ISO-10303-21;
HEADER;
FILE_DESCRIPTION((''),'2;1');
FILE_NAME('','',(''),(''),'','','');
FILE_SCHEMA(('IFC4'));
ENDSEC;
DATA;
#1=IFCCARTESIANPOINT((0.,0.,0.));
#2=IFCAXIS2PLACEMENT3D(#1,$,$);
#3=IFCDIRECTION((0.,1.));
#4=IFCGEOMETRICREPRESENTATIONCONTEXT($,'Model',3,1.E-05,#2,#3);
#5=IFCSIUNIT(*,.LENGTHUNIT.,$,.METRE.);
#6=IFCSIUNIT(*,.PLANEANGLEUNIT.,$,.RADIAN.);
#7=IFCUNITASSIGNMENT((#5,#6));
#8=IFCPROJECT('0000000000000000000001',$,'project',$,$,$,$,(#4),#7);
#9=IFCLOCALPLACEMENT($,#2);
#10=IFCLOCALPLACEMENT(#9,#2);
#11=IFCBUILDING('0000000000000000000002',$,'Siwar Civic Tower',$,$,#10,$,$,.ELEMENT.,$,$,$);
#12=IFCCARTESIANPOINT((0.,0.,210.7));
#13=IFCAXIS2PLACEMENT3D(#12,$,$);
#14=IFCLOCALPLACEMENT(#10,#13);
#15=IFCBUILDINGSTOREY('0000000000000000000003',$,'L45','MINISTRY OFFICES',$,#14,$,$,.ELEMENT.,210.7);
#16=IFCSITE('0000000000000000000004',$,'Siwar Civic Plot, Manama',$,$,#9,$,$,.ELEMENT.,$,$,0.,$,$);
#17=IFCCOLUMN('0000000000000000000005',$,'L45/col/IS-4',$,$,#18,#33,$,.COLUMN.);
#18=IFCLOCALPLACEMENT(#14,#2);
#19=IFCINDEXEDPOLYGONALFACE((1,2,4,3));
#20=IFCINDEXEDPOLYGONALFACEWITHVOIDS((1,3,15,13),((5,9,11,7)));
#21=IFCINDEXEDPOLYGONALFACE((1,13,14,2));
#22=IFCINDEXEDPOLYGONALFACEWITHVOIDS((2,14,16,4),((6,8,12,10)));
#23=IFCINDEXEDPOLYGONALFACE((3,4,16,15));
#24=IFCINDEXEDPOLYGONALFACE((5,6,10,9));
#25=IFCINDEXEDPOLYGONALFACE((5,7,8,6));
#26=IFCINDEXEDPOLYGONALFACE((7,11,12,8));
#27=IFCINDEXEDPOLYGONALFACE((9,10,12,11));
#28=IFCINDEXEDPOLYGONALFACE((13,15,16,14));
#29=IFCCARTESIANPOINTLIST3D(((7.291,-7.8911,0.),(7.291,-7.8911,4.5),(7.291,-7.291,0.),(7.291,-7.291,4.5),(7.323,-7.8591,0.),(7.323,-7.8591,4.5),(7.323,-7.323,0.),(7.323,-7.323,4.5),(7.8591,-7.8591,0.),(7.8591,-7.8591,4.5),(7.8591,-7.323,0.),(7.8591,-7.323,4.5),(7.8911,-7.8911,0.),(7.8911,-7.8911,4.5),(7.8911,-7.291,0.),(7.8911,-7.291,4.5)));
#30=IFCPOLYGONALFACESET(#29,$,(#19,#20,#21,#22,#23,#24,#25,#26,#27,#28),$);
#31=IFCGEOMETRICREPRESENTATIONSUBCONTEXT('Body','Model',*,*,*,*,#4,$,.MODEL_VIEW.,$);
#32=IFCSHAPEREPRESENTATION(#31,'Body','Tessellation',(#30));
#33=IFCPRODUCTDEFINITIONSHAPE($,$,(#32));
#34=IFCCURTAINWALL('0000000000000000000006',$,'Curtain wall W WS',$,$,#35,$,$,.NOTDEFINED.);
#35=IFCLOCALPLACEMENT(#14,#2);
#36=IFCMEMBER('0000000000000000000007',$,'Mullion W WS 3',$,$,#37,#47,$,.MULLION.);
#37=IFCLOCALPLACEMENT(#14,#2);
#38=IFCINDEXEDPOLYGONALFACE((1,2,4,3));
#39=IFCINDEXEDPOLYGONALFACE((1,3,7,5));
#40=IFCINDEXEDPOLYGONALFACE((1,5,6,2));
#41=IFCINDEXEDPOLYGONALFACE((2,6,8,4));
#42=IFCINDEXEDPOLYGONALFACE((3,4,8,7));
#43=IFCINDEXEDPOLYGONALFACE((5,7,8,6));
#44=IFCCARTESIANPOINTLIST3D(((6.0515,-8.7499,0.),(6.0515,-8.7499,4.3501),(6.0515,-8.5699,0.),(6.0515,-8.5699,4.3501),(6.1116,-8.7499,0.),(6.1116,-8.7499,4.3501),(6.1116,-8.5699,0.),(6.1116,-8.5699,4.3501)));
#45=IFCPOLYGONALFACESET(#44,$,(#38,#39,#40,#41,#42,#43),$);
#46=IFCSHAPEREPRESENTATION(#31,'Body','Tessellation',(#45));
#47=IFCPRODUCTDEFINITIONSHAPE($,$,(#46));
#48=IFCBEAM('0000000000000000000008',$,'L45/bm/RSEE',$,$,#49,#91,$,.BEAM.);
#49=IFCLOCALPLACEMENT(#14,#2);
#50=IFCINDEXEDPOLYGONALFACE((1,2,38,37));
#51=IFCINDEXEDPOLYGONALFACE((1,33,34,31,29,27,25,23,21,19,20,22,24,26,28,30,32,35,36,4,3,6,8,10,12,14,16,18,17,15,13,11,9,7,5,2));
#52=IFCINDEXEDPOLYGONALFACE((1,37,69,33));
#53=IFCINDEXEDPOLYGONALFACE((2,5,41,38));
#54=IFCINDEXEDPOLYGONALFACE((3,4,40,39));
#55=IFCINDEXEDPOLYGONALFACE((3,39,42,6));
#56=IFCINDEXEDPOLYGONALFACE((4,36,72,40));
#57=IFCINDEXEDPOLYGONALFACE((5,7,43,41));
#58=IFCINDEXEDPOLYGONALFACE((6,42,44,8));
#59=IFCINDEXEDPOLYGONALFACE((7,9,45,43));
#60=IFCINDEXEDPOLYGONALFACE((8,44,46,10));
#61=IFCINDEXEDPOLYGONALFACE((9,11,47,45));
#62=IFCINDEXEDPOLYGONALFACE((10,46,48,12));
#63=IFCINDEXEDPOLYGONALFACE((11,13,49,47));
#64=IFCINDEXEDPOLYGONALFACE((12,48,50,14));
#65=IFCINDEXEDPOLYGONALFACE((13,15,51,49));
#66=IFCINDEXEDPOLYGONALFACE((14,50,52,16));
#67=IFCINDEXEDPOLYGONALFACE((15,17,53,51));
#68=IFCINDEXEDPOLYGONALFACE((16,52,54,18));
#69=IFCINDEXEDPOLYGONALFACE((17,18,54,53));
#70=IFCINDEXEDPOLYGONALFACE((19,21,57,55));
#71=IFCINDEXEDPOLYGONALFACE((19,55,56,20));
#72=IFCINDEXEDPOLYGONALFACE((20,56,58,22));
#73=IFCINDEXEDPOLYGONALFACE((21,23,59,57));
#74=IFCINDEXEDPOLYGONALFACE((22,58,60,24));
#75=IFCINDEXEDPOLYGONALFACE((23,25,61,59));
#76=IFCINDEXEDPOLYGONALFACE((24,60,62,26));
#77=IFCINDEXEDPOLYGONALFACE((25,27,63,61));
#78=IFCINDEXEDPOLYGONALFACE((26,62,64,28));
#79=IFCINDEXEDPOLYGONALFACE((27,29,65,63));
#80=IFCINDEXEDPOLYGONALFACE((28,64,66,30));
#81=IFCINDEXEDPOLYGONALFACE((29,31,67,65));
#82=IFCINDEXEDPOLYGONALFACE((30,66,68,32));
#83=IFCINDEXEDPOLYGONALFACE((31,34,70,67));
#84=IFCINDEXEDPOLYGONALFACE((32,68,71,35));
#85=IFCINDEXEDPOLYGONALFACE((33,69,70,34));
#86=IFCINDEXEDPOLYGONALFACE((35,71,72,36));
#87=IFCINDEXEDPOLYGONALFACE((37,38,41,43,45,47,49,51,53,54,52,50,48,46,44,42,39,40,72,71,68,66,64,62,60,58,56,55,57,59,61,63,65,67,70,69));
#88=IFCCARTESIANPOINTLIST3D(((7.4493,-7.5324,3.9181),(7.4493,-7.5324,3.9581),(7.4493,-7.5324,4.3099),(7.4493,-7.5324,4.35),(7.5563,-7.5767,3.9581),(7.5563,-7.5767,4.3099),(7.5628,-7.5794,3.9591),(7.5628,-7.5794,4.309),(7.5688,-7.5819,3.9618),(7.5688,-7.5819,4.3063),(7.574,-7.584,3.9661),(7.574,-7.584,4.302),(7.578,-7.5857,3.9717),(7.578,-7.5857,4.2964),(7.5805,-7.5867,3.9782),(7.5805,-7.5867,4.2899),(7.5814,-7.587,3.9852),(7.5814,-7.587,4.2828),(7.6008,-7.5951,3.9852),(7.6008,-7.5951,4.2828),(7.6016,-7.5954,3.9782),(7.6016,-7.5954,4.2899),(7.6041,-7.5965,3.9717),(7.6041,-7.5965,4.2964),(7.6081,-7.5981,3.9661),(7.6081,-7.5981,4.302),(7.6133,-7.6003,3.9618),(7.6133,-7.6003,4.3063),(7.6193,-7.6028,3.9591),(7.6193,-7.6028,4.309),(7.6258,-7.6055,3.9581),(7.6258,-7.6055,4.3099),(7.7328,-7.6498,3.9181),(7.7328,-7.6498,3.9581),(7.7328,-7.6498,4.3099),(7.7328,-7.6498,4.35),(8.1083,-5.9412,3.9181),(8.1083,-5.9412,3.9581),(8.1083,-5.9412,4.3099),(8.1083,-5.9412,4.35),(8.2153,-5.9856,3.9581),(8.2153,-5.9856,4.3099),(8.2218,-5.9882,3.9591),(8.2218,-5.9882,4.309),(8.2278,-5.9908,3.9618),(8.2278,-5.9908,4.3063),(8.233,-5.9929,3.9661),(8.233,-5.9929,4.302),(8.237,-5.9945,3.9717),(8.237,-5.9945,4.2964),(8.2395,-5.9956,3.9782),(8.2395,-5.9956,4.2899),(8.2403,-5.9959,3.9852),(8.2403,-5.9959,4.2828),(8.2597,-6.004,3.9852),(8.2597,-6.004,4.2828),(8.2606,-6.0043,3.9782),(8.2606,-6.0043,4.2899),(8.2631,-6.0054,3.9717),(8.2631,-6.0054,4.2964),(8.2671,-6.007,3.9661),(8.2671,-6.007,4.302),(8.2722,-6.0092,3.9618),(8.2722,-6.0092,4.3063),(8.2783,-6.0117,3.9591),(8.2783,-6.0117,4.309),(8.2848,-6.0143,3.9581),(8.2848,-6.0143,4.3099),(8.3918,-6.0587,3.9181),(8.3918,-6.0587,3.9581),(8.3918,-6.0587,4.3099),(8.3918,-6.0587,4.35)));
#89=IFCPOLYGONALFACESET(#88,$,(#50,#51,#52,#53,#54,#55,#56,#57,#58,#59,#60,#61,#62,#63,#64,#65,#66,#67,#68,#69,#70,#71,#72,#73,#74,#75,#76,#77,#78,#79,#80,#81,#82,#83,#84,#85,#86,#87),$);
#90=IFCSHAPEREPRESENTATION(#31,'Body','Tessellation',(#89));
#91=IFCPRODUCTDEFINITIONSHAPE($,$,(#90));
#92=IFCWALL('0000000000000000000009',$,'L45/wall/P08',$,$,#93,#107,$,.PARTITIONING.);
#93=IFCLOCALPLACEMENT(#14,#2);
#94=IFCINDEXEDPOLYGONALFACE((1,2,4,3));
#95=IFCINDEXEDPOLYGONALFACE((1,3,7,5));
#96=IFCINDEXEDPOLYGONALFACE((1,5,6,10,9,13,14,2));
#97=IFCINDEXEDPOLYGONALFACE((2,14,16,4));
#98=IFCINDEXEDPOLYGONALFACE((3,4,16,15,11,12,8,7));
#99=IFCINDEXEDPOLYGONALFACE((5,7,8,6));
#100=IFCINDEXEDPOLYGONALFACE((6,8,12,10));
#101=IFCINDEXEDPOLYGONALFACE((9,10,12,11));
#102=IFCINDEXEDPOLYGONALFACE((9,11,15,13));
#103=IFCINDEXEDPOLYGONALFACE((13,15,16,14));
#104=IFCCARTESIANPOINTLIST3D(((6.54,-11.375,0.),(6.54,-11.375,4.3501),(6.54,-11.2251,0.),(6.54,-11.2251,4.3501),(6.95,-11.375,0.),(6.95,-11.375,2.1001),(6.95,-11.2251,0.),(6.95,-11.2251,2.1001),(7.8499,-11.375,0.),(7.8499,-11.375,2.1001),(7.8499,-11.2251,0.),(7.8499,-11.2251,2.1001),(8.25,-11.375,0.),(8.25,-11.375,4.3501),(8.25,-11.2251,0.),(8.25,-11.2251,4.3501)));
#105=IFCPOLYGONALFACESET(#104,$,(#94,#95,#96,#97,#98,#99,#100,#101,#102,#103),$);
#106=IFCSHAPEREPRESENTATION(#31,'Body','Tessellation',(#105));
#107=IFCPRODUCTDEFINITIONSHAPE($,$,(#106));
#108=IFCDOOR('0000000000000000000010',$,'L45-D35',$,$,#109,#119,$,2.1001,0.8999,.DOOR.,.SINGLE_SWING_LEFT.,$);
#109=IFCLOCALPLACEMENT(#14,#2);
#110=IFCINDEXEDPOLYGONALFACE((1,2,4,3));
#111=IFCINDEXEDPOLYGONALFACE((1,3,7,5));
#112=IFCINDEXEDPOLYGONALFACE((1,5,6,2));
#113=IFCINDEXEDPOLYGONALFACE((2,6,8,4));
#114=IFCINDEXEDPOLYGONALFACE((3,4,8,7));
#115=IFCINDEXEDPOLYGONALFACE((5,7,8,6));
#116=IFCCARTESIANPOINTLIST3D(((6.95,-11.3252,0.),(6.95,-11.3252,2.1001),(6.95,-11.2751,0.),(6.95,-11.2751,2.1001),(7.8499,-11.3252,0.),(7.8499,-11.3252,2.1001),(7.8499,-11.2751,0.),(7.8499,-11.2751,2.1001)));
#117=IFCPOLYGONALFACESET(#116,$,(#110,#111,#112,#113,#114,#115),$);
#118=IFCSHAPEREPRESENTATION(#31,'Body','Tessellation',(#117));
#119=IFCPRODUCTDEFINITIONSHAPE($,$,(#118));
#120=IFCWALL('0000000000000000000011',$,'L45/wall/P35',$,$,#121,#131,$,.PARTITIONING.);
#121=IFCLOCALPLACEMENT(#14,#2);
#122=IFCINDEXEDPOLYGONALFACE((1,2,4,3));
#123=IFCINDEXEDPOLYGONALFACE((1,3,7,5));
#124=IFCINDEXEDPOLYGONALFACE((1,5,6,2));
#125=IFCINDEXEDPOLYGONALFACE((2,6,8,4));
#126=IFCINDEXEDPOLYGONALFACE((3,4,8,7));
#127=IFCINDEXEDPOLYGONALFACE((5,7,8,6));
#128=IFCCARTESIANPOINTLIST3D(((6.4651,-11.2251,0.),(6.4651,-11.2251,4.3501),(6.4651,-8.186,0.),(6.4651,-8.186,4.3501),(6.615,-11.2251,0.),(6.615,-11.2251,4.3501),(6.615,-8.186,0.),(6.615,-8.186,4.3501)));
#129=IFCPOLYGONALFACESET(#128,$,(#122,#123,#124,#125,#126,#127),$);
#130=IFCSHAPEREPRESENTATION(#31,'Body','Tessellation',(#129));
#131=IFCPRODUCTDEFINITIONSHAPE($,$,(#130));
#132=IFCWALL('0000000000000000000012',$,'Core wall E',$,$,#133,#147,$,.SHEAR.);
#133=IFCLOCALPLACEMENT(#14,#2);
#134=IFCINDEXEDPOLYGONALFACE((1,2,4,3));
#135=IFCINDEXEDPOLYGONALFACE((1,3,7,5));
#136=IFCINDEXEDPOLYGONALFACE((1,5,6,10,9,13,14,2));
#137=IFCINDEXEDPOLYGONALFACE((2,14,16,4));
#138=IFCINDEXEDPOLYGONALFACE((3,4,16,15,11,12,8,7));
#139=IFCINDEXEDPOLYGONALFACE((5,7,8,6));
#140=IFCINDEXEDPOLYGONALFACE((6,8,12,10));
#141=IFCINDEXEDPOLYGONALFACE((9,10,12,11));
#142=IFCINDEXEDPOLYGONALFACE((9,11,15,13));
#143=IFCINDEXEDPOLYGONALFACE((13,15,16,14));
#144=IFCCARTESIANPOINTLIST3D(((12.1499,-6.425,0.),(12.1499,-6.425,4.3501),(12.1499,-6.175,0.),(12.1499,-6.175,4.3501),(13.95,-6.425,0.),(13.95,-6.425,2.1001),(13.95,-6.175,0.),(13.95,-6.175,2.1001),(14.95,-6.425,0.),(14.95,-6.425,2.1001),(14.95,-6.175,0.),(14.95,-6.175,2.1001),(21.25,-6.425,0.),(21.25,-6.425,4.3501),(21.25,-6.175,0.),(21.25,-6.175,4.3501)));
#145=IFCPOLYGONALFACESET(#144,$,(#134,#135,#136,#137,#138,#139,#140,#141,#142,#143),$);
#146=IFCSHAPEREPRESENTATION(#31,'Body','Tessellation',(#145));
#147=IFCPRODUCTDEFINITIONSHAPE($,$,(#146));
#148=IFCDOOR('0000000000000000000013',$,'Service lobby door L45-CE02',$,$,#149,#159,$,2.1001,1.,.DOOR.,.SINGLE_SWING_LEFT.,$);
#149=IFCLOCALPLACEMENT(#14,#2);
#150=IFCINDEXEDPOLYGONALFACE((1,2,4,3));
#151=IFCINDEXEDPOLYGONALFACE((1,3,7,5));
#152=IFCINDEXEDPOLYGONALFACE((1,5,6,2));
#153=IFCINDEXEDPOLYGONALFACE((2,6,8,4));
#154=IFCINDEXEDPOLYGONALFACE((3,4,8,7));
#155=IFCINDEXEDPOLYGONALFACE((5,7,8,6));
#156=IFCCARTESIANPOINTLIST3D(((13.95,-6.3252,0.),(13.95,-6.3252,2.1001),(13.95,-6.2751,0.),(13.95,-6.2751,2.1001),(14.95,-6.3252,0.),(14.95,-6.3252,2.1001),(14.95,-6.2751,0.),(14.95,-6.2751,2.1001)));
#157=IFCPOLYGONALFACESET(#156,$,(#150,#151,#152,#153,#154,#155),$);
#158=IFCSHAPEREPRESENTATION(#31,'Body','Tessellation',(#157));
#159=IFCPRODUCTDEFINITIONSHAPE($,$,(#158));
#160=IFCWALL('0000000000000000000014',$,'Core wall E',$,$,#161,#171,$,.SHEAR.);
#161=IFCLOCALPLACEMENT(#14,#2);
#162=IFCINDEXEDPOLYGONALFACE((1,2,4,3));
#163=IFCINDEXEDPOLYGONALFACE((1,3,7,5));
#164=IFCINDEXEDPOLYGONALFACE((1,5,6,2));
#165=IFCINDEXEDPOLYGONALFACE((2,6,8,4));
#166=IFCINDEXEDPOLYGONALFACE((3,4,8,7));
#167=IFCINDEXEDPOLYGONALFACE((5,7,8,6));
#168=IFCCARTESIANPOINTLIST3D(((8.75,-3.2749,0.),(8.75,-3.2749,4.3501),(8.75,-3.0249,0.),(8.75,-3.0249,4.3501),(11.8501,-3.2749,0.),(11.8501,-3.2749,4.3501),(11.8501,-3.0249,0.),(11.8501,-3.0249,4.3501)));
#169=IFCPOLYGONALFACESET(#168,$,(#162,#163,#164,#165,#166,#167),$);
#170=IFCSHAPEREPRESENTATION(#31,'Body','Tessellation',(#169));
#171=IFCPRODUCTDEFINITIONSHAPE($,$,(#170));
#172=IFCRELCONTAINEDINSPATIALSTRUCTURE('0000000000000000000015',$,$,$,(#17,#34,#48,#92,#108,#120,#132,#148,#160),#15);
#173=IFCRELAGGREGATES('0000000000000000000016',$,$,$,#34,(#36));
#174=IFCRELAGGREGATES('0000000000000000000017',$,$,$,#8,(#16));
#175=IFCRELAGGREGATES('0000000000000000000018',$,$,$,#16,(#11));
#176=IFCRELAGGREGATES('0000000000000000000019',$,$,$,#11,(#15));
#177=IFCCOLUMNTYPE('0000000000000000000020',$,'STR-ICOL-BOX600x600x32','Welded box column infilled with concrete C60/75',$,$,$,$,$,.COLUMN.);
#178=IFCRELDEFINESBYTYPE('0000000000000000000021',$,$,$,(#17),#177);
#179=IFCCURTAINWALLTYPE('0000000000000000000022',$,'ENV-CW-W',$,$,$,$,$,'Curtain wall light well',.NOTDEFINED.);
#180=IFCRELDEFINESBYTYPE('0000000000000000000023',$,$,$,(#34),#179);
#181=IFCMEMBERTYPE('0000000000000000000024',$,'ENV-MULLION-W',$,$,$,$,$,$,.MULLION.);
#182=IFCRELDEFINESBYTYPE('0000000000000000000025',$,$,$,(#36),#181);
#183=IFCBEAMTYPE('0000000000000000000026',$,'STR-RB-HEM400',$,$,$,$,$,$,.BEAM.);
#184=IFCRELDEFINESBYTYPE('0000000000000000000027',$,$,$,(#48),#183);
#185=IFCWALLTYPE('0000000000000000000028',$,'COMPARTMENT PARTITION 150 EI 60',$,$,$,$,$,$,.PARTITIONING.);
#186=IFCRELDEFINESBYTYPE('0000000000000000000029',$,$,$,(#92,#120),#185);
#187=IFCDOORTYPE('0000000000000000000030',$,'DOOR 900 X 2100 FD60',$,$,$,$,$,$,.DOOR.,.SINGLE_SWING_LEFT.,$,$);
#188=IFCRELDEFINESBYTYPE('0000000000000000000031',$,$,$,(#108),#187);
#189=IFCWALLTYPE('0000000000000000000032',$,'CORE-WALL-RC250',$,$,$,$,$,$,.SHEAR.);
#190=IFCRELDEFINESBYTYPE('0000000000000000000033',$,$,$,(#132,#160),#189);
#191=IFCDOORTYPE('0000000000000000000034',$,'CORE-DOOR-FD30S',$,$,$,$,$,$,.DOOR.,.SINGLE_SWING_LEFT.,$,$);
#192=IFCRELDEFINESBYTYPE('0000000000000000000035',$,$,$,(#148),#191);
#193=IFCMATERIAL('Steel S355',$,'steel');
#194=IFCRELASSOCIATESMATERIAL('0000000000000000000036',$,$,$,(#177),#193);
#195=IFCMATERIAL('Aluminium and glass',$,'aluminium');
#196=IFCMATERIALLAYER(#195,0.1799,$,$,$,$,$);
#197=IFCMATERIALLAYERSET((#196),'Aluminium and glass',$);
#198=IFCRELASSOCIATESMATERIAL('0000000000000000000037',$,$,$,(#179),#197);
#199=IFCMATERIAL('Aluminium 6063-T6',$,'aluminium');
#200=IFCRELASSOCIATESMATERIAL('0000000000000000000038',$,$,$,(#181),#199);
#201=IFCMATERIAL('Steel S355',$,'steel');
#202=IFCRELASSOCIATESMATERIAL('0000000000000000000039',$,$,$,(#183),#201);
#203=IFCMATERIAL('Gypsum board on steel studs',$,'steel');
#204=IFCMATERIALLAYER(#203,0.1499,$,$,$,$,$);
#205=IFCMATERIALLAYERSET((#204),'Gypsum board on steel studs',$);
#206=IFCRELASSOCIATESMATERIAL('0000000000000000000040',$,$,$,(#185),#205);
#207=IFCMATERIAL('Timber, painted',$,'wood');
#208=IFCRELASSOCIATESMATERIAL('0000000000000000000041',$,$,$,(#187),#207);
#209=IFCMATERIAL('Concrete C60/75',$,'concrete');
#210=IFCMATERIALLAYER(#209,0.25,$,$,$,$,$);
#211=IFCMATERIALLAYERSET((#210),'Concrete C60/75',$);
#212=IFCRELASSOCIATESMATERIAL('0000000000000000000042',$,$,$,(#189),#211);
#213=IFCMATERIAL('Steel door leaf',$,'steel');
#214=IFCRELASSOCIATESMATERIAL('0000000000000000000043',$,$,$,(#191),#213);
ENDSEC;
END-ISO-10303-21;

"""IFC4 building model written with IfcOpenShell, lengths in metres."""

from ifc_helpers import new_model, si_unit, direction, frame, frame_2d, origin, origin_2d, place, context, subcontext, project, spatial, rectangle, hollow_rectangle, i_section, extrude, material, layer, layer_set, material_profile, profile_set, type_object, element, fill, aggregate, save


model = new_model("IFC4")

# Units and contexts
model_context = context("Model", 3, precision=1e-05, world=origin(), true_north=direction((0.0, 1.0)))
body_context = subcontext(model_context, "Body", "Model", "MODEL_VIEW")
ifc_project = project(units=[si_unit("LENGTHUNIT", "METRE"), si_unit("PLANEANGLEUNIT", "RADIAN")], contexts=[model_context])

# Site, building, storey
site_placement = place(None, origin())
site = spatial("IfcSite", under=ifc_project, at=site_placement, Name="Siwar Civic Plot, Manama", CompositionType="ELEMENT", RefElevation=0.0)
building_placement = place(site_placement, origin())
building = spatial("IfcBuilding", under=site, at=building_placement, Name="Siwar Civic Tower", CompositionType="ELEMENT")
storey_placement = place(building_placement, frame((0.0, 0.0, 210.7)))
storey = spatial("IfcBuildingStorey", under=building, at=storey_placement, Name="L45", Description="MINISTRY OFFICES", CompositionType="ELEMENT", Elevation=210.7)

# Column
ifc_material_1 = material(Name="Steel S355", Category="steel")
ifc_material_profile_1 = material_profile(ifc_material_1, hollow_rectangle(XDim=0.6001, YDim=0.6001, WallThickness=0.032, at=origin_2d()), Name="BOX600x600x32")
ifc_profile_set_1 = profile_set([ifc_material_profile_1], Name="Steel S355")
column_type = type_object("IfcColumnType", Name="STR-ICOL-BOX600x600x32", Description="Welded box column infilled with concrete C60/75", PredefinedType="COLUMN", material=ifc_profile_set_1)
column_placement = place(storey_placement, frame((7.5911, -7.5911, 0.0), z_axis=(0.0, 0.0, 1.0), x_axis=(1.0, 0.0, 0.0)))
element("IfcColumn", 1, at=column_placement, inside=storey, type_object=column_type, Name="L45/col/IS-4", PredefinedType="COLUMN", context=body_context, shape_type="SweptSolid", body=[
    extrude(hollow_rectangle(XDim=0.6001, YDim=0.6001, WallThickness=0.032, at=origin_2d()), origin(), (0.0, 0.0, 1.0), 4.5),
])

# Curtain wall, member
ifc_material_2 = material(Name="Aluminium and glass", Category="aluminium")
ifc_layer_1 = layer(ifc_material_2, 0.1799)
ifc_layer_set_1 = layer_set([ifc_layer_1], Name="Aluminium and glass")
curtain_wall_type = type_object("IfcCurtainWallType", Name="ENV-CW-W", ElementType="Curtain wall light well", PredefinedType="NOTDEFINED", material=ifc_layer_set_1)
curtain_wall_placement = place(storey_placement, origin())
curtain_wall = element("IfcCurtainWall", 2, at=curtain_wall_placement, inside=storey, type_object=curtain_wall_type, Name="Curtain wall W WS", PredefinedType="NOTDEFINED")
ifc_material_3 = material(Name="Aluminium 6063-T6", Category="aluminium")
ifc_material_profile_2 = material_profile(ifc_material_3, rectangle(XDim=0.1799, YDim=0.0601, at=origin_2d()), Name="AL 180x60")
ifc_profile_set_2 = profile_set([ifc_material_profile_2], Name="Aluminium 6063-T6")
member_type = type_object("IfcMemberType", Name="ENV-MULLION-W", PredefinedType="MULLION", material=ifc_profile_set_2)
member_placement = place(storey_placement, frame((6.0815, -8.6599, 0.0), z_axis=(0.0, 0.0, 1.0), x_axis=(0.0, 1.0, 0.0)))
member = element("IfcMember", 3, at=member_placement, type_object=member_type, Name="Mullion W WS 3", PredefinedType="MULLION", context=body_context, shape_type="SweptSolid", body=[
    extrude(rectangle(XDim=0.1799, YDim=0.0601, at=origin_2d()), origin(), (0.0, 0.0, 1.0), 4.3501),
])
aggregate(curtain_wall, [member])

# Beam
ifc_material_4 = material(Name="Steel S355", Category="steel")
ifc_material_profile_3 = material_profile(ifc_material_4, i_section(OverallWidth=0.3069, OverallDepth=0.4319, WebThickness=0.021, FlangeThickness=0.04, FilletRadius=0.0271, at=origin_2d()), Name="HEM400")
ifc_profile_set_3 = profile_set([ifc_material_profile_3], Name="Steel S355")
beam_type = type_object("IfcBeamType", Name="STR-RB-HEM400", PredefinedType="BEAM", material=ifc_profile_set_3)
beam_placement = place(storey_placement, frame((7.5911, -7.5911, 4.134), z_axis=(0.382631, 0.923901, 0.0), x_axis=(-0.923901, 0.382631, 0.0)))
element("IfcBeam", 4, at=beam_placement, inside=storey, type_object=beam_type, Name="L45/bm/RSEE", PredefinedType="BEAM", context=body_context, shape_type="SweptSolid", body=[
    extrude(i_section(OverallWidth=0.3069, OverallDepth=0.4319, WebThickness=0.021, FlangeThickness=0.04, FilletRadius=0.0271, at=origin_2d()), origin(), (0.0, 0.0, 1.0), 1.7222),
])

# Wall, opening, door
ifc_material_5 = material(Name="Gypsum board on steel studs", Category="steel")
ifc_layer_2 = layer(ifc_material_5, 0.1499)
ifc_layer_set_2 = layer_set([ifc_layer_2], Name="Gypsum board on steel studs")
wall_type_1 = type_object("IfcWallType", Name="COMPARTMENT PARTITION 150 EI 60", PredefinedType="PARTITIONING", material=ifc_layer_set_2)
wall_1_placement = place(storey_placement, frame((6.54, -11.3, 0.0), z_axis=(0.0, 0.0, 1.0), x_axis=(1.0, 0.0, 0.0)))
wall_1 = element("IfcWall", 5, at=wall_1_placement, inside=storey, type_object=wall_type_1, Name="L45/wall/P08", PredefinedType="PARTITIONING", context=body_context, shape_type="SweptSolid", body=[
    extrude(rectangle(XDim=1.71, YDim=0.1499, at=frame_2d((0.855, 0.0))), origin(), (0.0, 0.0, 1.0), 4.3501),
])
opening_1_placement = place(wall_1_placement, frame((0.4099, 0.0, 0.0)))
opening_1 = element("IfcOpeningElement", 6, at=opening_1_placement, cuts=wall_1, PredefinedType="OPENING", context=body_context, shape_type="SweptSolid", body=[
    extrude(rectangle(XDim=0.8999, YDim=2.1001, at=frame_2d((0.45, 1.05))), frame((0.0, 0.085, 0.0), z_axis=(0.0, -1.0, 0.0), x_axis=(1.0, 0.0, 0.0)), (0.0, 0.0, 1.0), 0.1699),
])
ifc_material_6 = material(Name="Timber, painted", Category="wood")
door_type_1 = type_object("IfcDoorType", Name="DOOR 900 X 2100 FD60", OperationType="SINGLE_SWING_LEFT", PredefinedType="DOOR", material=ifc_material_6)
door_1_placement = place(opening_1_placement, origin())
door_1 = element("IfcDoor", 7, at=door_1_placement, inside=storey, type_object=door_type_1, Name="L45-D35", OperationType="SINGLE_SWING_LEFT", OverallHeight=2.1001, OverallWidth=0.8999, PredefinedType="DOOR", context=body_context, shape_type="SweptSolid", body=[
    extrude(rectangle(XDim=0.8999, YDim=2.1001, at=frame_2d((0.45, 1.05))), frame((0.0, 0.0249, 0.0), z_axis=(0.0, -1.0, 0.0), x_axis=(1.0, 0.0, 0.0)), (0.0, 0.0, 1.0), 0.05),
])
fill(opening_1, door_1)

# Wall
wall_2_placement = place(storey_placement, frame((6.54, -11.2251, 0.0), z_axis=(0.0, 0.0, 1.0), x_axis=(0.0, 1.0, 0.0)))
element("IfcWall", 8, at=wall_2_placement, inside=storey, type_object=wall_type_1, Name="L45/wall/P35", PredefinedType="PARTITIONING", context=body_context, shape_type="SweptSolid", body=[
    extrude(rectangle(XDim=3.0391, YDim=0.1499, at=frame_2d((1.5195, 0.0))), origin(), (0.0, 0.0, 1.0), 4.3501),
])

# Wall, opening, door
ifc_material_7 = material(Name="Concrete C60/75", Category="concrete")
ifc_layer_3 = layer(ifc_material_7, 0.25)
ifc_layer_set_3 = layer_set([ifc_layer_3], Name="Concrete C60/75")
wall_type_2 = type_object("IfcWallType", Name="CORE-WALL-RC250", PredefinedType="SHEAR", material=ifc_layer_set_3)
wall_3_placement = place(storey_placement, frame((12.1499, -6.3, 0.0), z_axis=(0.0, 0.0, 1.0), x_axis=(1.0, 0.0, 0.0)))
wall_3 = element("IfcWall", 9, at=wall_3_placement, inside=storey, type_object=wall_type_2, Name="Core wall E", PredefinedType="SHEAR", context=body_context, shape_type="SweptSolid", body=[
    extrude(rectangle(XDim=9.1001, YDim=0.25, at=frame_2d((4.55, 0.0))), origin(), (0.0, 0.0, 1.0), 4.3501),
])
opening_2_placement = place(wall_3_placement, frame((1.8, 0.0, 0.0)))
opening_2 = element("IfcOpeningElement", 10, at=opening_2_placement, cuts=wall_3, PredefinedType="OPENING", context=body_context, shape_type="SweptSolid", body=[
    extrude(rectangle(XDim=1.0, YDim=2.1001, at=frame_2d((0.5, 1.05))), frame((0.0, 0.135, 0.0), z_axis=(0.0, -1.0, 0.0), x_axis=(1.0, 0.0, 0.0)), (0.0, 0.0, 1.0), 0.27),
])
ifc_material_8 = material(Name="Steel door leaf", Category="steel")
door_type_2 = type_object("IfcDoorType", Name="CORE-DOOR-FD30S", OperationType="SINGLE_SWING_LEFT", PredefinedType="DOOR", material=ifc_material_8)
door_2_placement = place(opening_2_placement, origin())
door_2 = element("IfcDoor", 11, at=door_2_placement, inside=storey, type_object=door_type_2, Name="Service lobby door L45-CE02", OperationType="SINGLE_SWING_LEFT", OverallHeight=2.1001, OverallWidth=1.0, PredefinedType="DOOR", context=body_context, shape_type="SweptSolid", body=[
    extrude(rectangle(XDim=1.0, YDim=2.1001, at=frame_2d((0.5, 1.05))), frame((0.0, 0.0249, 0.0), z_axis=(0.0, -1.0, 0.0), x_axis=(1.0, 0.0, 0.0)), (0.0, 0.0, 1.0), 0.05),
])
fill(opening_2, door_2)

# Wall
for number, where, z_axis, x_axis, name in (
    (12, (8.75, -3.1499, 0.0), (0.0, 0.0, 1.0), (1.0, 0.0, 0.0), "Core wall E"),
):
    element("IfcWall", number, at=place(storey_placement, frame(where, z_axis=z_axis, x_axis=x_axis)), inside=storey, type_object=wall_type_2, Name=name, PredefinedType="SHEAR", context=body_context, shape_type="SweptSolid", body=[
        extrude(rectangle(XDim=3.1001, YDim=0.25, at=frame_2d((1.55, 0.0))), origin(), (0.0, 0.0, 1.0), 4.3501),
    ])

save(model, "model.ifc")
